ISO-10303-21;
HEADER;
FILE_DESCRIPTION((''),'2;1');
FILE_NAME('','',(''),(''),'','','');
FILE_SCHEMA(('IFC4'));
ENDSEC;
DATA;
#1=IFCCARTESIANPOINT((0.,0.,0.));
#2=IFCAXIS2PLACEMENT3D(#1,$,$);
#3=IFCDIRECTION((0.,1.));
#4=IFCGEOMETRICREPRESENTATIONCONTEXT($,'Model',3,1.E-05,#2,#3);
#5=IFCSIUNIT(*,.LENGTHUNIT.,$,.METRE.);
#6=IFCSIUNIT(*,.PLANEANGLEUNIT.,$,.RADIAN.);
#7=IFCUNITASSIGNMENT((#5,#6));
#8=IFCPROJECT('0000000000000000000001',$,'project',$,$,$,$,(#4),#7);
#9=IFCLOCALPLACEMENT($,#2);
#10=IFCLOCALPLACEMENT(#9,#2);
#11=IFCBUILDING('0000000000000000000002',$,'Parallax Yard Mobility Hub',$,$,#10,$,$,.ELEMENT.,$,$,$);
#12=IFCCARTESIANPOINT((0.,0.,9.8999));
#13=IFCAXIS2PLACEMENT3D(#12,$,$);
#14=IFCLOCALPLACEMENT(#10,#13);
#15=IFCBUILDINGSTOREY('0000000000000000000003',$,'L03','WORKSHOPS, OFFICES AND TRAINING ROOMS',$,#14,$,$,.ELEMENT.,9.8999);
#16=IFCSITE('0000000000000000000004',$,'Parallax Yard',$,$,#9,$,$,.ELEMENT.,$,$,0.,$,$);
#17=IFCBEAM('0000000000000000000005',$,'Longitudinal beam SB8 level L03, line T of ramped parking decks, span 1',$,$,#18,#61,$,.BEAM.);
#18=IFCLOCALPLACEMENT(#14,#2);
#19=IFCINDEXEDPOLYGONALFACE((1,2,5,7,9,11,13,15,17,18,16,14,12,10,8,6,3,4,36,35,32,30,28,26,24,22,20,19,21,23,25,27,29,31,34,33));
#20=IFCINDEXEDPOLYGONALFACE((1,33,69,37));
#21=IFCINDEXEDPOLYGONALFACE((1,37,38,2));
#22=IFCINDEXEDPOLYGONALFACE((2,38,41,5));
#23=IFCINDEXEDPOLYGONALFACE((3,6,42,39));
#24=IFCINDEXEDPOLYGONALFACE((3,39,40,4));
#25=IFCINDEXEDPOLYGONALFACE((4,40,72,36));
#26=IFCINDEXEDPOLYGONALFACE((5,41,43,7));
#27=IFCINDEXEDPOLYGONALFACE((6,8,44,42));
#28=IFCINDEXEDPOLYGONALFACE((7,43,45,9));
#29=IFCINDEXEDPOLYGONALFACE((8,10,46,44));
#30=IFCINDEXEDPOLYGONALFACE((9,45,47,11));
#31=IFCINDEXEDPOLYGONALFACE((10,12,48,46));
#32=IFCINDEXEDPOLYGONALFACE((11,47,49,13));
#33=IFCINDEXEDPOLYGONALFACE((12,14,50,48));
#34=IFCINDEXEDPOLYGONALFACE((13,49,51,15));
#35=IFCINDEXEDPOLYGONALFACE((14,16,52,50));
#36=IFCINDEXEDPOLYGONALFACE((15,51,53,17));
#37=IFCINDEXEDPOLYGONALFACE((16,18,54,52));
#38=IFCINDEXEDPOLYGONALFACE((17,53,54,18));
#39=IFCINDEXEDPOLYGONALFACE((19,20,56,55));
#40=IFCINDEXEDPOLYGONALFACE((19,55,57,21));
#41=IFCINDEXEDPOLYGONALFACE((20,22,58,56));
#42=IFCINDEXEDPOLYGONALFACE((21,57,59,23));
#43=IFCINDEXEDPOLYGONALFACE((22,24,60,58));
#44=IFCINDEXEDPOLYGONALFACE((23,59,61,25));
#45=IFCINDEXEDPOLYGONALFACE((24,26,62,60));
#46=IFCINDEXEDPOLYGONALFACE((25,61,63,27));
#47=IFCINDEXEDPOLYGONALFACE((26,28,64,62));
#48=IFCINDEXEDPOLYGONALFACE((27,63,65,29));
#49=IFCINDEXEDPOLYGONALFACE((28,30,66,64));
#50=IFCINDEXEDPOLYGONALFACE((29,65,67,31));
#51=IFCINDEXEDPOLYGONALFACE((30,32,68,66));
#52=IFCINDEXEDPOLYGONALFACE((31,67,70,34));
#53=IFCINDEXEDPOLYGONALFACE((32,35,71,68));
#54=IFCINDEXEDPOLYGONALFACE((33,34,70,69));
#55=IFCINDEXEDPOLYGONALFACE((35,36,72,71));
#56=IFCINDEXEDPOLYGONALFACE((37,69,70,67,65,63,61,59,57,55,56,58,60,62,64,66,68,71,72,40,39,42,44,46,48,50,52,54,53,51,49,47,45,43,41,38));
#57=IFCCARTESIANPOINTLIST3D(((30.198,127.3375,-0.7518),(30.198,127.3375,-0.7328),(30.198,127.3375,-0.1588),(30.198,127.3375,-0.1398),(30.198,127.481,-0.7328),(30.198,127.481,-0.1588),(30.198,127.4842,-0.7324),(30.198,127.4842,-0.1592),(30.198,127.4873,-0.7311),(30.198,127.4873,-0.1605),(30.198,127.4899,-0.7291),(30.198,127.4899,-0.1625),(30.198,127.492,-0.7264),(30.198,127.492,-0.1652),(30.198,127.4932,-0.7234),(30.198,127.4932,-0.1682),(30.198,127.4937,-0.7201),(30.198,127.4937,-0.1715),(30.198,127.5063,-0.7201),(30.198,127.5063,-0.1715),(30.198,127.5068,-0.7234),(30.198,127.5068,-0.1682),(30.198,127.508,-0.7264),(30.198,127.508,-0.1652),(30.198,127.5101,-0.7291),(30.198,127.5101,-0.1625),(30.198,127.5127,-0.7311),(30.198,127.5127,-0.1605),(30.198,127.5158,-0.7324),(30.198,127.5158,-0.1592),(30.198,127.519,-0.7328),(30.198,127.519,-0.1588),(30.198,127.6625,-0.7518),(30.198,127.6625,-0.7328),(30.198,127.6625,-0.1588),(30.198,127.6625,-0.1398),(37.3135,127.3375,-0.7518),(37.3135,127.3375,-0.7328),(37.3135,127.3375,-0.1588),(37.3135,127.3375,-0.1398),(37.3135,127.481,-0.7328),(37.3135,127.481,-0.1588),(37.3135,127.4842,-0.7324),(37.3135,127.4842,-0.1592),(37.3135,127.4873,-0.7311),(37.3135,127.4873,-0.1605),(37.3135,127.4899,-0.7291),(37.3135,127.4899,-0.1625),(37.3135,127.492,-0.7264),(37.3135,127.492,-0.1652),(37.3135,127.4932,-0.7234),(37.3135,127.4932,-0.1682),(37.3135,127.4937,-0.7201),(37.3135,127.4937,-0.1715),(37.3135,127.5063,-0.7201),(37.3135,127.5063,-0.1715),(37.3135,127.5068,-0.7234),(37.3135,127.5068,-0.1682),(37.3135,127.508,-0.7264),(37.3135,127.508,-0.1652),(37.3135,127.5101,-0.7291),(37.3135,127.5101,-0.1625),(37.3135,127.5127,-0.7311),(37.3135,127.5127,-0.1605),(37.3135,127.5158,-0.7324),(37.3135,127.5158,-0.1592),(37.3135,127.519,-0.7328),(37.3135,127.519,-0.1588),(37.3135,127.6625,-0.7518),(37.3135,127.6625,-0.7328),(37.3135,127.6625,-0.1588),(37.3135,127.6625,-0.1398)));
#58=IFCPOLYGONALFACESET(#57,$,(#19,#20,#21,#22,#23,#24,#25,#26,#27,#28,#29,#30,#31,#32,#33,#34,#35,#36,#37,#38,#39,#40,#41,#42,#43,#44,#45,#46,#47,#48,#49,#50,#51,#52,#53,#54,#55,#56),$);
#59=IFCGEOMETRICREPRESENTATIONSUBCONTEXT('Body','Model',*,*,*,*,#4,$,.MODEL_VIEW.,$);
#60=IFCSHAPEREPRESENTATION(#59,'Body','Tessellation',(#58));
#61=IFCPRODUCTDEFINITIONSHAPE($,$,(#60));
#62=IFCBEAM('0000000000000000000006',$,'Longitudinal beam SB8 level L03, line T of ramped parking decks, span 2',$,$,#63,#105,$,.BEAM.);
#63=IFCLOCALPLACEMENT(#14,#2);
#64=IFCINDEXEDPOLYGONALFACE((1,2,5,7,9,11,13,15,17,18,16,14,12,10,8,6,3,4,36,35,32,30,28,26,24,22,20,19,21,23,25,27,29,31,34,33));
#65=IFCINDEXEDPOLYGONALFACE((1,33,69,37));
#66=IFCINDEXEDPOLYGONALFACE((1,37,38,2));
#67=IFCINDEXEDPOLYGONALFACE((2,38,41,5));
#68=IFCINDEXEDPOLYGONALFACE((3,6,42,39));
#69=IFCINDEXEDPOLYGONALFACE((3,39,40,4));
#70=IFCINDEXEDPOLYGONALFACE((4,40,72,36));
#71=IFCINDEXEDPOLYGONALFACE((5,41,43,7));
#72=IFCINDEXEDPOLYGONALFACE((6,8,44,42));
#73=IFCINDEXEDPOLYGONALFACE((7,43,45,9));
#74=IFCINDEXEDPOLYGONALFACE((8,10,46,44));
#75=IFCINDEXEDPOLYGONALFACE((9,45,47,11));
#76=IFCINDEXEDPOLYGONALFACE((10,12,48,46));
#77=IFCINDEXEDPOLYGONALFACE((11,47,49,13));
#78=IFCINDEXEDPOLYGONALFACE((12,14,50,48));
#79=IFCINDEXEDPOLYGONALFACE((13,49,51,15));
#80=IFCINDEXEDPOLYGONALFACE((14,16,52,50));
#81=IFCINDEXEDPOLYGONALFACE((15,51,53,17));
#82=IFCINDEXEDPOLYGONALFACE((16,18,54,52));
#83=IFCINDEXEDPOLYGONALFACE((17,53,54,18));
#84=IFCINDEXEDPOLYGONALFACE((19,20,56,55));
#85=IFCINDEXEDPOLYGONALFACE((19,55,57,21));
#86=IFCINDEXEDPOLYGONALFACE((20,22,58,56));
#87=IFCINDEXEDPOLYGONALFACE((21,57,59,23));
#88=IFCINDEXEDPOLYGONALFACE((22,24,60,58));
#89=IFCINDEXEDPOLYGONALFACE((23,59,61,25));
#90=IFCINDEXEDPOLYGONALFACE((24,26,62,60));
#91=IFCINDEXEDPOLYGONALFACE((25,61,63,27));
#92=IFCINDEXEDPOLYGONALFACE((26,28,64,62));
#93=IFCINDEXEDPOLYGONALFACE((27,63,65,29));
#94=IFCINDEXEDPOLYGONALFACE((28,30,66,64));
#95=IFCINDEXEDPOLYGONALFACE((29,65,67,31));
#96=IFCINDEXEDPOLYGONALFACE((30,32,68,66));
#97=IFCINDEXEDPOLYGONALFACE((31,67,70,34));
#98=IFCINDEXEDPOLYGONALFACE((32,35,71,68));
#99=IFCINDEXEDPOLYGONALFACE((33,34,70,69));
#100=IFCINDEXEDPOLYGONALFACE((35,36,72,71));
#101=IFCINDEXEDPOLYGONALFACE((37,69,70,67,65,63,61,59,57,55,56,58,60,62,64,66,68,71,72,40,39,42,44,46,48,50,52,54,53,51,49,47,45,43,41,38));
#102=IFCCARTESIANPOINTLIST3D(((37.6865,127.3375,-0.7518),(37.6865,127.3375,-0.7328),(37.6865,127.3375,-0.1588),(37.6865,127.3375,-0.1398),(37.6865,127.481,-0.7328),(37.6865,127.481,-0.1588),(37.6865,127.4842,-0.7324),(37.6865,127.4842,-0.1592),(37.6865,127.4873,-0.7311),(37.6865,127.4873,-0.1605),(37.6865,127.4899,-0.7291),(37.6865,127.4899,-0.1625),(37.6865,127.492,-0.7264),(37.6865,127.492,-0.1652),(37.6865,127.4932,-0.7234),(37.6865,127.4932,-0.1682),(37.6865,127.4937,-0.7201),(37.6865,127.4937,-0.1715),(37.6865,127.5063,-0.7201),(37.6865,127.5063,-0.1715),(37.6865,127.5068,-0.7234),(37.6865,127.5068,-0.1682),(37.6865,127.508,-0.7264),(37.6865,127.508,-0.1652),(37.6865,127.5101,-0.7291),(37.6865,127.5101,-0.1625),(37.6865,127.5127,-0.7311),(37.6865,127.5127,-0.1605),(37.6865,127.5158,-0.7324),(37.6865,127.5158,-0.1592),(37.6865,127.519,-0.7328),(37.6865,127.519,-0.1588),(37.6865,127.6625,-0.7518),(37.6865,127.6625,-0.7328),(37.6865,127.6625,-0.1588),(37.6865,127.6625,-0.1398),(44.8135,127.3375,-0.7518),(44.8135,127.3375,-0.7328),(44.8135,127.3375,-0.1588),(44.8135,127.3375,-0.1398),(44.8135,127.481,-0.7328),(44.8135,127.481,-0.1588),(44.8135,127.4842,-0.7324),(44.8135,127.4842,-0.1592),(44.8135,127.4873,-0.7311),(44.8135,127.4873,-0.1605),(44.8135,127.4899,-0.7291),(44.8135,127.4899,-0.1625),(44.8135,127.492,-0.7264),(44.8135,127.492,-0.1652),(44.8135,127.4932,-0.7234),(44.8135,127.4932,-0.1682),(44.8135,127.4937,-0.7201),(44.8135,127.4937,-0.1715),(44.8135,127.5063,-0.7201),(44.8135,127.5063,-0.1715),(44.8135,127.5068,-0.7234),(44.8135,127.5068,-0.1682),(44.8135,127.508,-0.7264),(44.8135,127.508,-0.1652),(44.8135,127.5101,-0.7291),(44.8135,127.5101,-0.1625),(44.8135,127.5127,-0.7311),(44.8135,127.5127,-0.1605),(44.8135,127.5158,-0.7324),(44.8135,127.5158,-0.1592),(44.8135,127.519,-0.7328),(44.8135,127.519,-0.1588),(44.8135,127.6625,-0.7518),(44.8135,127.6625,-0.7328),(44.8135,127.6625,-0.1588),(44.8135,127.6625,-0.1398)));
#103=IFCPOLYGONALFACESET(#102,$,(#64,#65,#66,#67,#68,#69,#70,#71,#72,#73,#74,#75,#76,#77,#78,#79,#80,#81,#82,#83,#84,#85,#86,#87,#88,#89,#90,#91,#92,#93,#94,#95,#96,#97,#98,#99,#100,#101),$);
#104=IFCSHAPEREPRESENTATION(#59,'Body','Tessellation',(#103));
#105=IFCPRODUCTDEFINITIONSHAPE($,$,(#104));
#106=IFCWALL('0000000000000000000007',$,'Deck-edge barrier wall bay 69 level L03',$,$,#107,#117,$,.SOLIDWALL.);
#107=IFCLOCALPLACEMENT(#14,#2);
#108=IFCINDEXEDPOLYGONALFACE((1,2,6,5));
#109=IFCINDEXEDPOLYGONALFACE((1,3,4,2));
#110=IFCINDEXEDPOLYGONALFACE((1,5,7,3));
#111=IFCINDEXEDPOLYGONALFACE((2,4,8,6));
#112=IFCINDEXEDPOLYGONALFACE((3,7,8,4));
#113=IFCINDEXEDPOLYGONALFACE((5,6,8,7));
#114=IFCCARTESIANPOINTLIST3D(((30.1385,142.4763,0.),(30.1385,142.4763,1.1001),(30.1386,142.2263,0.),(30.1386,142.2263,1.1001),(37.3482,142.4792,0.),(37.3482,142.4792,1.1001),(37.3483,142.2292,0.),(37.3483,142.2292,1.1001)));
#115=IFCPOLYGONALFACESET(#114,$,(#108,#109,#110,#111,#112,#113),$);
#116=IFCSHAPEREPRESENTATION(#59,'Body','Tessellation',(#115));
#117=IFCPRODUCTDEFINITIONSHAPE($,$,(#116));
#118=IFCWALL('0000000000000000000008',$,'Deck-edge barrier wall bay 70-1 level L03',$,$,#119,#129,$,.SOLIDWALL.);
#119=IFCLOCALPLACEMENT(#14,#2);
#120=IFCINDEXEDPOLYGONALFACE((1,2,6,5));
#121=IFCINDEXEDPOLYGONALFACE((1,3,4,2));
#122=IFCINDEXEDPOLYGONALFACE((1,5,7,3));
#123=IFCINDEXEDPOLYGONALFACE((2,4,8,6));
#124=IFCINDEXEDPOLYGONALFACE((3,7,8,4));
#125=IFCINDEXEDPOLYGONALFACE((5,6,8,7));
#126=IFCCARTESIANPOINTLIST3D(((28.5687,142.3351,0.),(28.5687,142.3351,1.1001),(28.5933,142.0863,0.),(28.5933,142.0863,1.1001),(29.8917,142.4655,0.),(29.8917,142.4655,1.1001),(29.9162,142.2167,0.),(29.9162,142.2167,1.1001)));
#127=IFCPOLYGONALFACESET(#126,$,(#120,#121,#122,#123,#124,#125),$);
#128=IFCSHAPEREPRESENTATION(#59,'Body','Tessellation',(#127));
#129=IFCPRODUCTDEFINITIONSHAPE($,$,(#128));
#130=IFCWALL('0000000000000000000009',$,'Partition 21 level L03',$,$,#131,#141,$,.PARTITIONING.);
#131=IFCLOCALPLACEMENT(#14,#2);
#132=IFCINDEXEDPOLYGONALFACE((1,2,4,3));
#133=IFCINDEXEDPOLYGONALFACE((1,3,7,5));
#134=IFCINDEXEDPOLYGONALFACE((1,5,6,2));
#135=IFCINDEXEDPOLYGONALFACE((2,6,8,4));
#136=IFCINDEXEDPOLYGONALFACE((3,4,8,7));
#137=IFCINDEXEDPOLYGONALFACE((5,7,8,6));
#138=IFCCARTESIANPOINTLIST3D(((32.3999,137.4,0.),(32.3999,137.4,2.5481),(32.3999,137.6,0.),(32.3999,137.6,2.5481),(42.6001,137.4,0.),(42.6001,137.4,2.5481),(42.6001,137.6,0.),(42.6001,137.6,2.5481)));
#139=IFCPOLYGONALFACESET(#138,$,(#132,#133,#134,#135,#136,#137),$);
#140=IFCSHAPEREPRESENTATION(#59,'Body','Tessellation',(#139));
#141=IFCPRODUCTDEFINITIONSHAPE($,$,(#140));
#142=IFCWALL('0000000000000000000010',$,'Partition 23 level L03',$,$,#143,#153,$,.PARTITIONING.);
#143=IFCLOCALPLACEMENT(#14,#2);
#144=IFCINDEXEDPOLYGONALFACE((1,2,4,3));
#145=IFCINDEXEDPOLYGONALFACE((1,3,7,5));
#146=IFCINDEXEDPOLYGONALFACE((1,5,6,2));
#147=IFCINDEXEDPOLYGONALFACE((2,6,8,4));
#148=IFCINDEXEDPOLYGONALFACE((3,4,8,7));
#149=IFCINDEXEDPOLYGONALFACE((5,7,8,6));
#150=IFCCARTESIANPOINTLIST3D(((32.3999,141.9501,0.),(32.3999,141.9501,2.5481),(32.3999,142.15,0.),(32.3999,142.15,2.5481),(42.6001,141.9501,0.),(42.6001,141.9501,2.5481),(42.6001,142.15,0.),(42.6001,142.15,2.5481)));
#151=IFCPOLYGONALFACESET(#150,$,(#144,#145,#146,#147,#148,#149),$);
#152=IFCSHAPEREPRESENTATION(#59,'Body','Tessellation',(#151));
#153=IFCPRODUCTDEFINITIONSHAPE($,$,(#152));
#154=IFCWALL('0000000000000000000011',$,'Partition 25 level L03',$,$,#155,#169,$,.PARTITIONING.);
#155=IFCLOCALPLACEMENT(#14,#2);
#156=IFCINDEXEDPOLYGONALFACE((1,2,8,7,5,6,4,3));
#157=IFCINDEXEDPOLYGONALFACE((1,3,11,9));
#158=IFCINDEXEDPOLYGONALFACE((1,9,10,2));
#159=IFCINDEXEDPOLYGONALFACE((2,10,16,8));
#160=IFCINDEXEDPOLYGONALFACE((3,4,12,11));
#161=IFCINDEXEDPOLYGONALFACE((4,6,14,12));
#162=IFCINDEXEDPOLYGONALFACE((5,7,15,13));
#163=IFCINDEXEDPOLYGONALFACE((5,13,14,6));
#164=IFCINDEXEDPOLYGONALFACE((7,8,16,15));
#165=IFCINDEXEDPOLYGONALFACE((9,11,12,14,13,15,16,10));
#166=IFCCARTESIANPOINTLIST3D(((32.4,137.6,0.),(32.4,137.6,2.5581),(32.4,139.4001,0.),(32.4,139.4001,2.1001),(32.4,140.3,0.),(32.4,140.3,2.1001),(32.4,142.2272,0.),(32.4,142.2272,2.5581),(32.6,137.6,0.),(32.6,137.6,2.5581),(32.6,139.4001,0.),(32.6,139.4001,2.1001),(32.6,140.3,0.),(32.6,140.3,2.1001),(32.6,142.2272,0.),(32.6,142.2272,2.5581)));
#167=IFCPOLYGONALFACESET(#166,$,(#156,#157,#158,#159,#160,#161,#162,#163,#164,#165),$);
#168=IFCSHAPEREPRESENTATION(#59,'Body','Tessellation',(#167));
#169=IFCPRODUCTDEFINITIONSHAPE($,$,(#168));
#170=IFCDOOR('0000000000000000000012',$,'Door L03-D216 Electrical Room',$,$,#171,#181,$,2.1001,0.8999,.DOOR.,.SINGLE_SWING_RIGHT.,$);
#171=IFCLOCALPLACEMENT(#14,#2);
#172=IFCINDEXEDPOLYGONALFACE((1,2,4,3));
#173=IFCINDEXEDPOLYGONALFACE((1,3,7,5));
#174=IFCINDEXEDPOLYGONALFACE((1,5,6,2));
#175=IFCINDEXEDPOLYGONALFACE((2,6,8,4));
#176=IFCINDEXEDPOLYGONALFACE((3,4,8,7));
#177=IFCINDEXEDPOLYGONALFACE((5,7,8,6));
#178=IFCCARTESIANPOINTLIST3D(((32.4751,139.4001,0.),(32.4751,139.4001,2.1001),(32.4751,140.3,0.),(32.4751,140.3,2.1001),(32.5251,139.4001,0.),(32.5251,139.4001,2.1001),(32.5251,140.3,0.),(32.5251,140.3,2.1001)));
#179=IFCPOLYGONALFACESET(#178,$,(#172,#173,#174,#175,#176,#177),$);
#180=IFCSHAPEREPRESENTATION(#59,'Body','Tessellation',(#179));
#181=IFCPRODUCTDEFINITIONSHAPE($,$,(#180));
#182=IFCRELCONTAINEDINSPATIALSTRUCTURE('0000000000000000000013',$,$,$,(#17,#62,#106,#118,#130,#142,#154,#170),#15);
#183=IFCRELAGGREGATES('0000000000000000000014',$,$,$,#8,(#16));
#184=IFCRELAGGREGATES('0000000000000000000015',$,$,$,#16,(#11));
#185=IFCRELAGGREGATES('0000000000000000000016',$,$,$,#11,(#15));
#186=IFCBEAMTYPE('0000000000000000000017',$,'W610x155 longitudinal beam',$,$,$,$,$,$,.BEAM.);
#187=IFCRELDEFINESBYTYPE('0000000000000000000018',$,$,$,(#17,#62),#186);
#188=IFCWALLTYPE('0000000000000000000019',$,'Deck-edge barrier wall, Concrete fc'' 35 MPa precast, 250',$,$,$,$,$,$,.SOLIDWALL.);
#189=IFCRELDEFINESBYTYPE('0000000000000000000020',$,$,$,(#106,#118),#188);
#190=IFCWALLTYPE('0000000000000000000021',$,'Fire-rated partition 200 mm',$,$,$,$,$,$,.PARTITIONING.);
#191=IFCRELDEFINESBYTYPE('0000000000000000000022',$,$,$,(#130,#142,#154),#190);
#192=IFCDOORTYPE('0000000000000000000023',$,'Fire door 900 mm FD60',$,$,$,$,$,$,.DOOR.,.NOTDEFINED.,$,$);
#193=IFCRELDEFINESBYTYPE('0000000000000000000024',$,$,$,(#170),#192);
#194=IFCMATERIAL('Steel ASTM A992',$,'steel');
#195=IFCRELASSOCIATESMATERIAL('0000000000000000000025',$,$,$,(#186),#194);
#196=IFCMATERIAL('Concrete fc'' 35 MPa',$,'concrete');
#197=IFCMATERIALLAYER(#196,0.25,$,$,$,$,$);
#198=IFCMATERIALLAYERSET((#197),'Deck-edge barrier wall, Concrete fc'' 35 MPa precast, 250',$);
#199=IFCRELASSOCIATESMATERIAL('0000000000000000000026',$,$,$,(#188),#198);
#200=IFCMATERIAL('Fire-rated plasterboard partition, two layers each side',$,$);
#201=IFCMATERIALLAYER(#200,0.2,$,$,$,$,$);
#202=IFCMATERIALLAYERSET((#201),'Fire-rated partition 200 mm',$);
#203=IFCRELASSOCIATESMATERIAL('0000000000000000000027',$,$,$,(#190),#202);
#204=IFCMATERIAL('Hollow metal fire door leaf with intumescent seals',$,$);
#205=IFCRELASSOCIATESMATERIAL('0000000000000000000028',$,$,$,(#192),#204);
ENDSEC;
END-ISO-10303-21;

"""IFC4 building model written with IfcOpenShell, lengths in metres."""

from ifc_helpers import new_model, si_unit, direction, frame, frame_2d, origin, origin_2d, place, context, subcontext, project, spatial, rectangle, i_section, extrude, material, layer, layer_set, material_profile, profile_set, type_object, element, fill, save


model = new_model("IFC4")

# Units and contexts
model_context = context("Model", 3, precision=1e-05, world=origin(), true_north=direction((0.0, 1.0)))
body_context = subcontext(model_context, "Body", "Model", "MODEL_VIEW")
ifc_project = project(units=[si_unit("LENGTHUNIT", "METRE"), si_unit("PLANEANGLEUNIT", "RADIAN")], contexts=[model_context])

# Site, building, storey
site_placement = place(None, origin())
site = spatial("IfcSite", under=ifc_project, at=site_placement, Name="Parallax Yard", CompositionType="ELEMENT", RefElevation=0.0)
building_placement = place(site_placement, origin())
building = spatial("IfcBuilding", under=site, at=building_placement, Name="Parallax Yard Mobility Hub", CompositionType="ELEMENT")
storey_placement = place(building_placement, frame((0.0, 0.0, 9.8999)))
storey = spatial("IfcBuildingStorey", under=building, at=storey_placement, Name="L03", Description="WORKSHOPS, OFFICES AND TRAINING ROOMS", CompositionType="ELEMENT", Elevation=9.8999)

# Shared definitions
ifc_material_1 = material(Name="Steel ASTM A992", Category="steel")

# Beams
ifc_material_profile_1 = material_profile(ifc_material_1, i_section(OverallWidth=0.325, OverallDepth=0.6121, WebThickness=0.0127, FlangeThickness=0.019, FilletRadius=0.0127, at=origin_2d()), Name="W610x155")
ifc_profile_set_1 = profile_set([ifc_material_profile_1], Name="Steel ASTM A992")
beam_type_1 = type_object("IfcBeamType", Name="W610x155 longitudinal beam", PredefinedType="BEAM", material=ifc_profile_set_1)
beam_1_placement = place(storey_placement, frame((30.198, 127.5, -0.4458), z_axis=(1.0, 0.0, 0.0), x_axis=(0.0, 1.0, 0.0)))
element("IfcBeam", 1, at=beam_1_placement, inside=storey, type_object=beam_type_1, Name="Longitudinal beam SB8 level L03, line T of ramped parking decks, span 1", PredefinedType="BEAM", context=body_context, shape_type="SweptSolid", body=[
    extrude(i_section(OverallWidth=0.325, OverallDepth=0.6121, WebThickness=0.0127, FlangeThickness=0.019, FilletRadius=0.0127, at=origin_2d()), origin(), (0.0, 0.0, 1.0), 7.1155),
])
beam_2_placement = place(storey_placement, frame((37.6865, 127.5, -0.4458), z_axis=(1.0, 0.0, 0.0), x_axis=(0.0, 1.0, 0.0)))
element("IfcBeam", 2, at=beam_2_placement, inside=storey, type_object=beam_type_1, Name="Longitudinal beam SB8 level L03, line T of ramped parking decks, span 2", PredefinedType="BEAM", context=body_context, shape_type="SweptSolid", body=[
    extrude(i_section(OverallWidth=0.325, OverallDepth=0.6121, WebThickness=0.0127, FlangeThickness=0.019, FilletRadius=0.0127, at=origin_2d()), origin(), (0.0, 0.0, 1.0), 7.127),
])

# Walls
ifc_material_2 = material(Name="Concrete fc' 35 MPa", Category="concrete")
ifc_layer_1 = layer(ifc_material_2, 0.25)
ifc_layer_set_1 = layer_set([ifc_layer_1], Name="Deck-edge barrier wall, Concrete fc' 35 MPa precast, 250")
wall_type_1 = type_object("IfcWallType", Name="Deck-edge barrier wall, Concrete fc' 35 MPa precast, 250", PredefinedType="SOLIDWALL", material=ifc_layer_set_1)
wall_1_placement = place(storey_placement, frame((37.3484, 142.3542, 0.0), z_axis=(0.0, 0.0, 1.0), x_axis=(-1.0, -0.000406, 0.0)))
element("IfcWall", 3, at=wall_1_placement, inside=storey, type_object=wall_type_1, Name="Deck-edge barrier wall bay 69 level L03", PredefinedType="SOLIDWALL", context=body_context, shape_type="SweptSolid", body=[
    extrude(rectangle(XDim=7.2097, YDim=0.25, at=frame_2d((3.605, 0.0))), origin(), (0.0, 0.0, 1.0), 1.1001),
])
wall_2_placement = place(storey_placement, frame((29.9038, 142.3411, 0.0), z_axis=(0.0, 0.0, 1.0), x_axis=(-0.99518, -0.098067, 0.0)))
element("IfcWall", 4, at=wall_2_placement, inside=storey, type_object=wall_type_1, Name="Deck-edge barrier wall bay 70-1 level L03", PredefinedType="SOLIDWALL", context=body_context, shape_type="SweptSolid", body=[
    extrude(rectangle(XDim=1.3293, YDim=0.25, at=frame_2d((0.6646, 0.0))), origin(), (0.0, 0.0, 1.0), 1.1001),
])
ifc_material_3 = material(Name="Fire-rated plasterboard partition, two layers each side")
ifc_layer_2 = layer(ifc_material_3, 0.2)
ifc_layer_set_2 = layer_set([ifc_layer_2], Name="Fire-rated partition 200 mm")
wall_type_2 = type_object("IfcWallType", Name="Fire-rated partition 200 mm", PredefinedType="PARTITIONING", material=ifc_layer_set_2)
for number, where, z_axis, x_axis, name in (
    (5, (32.3999, 137.5, 0.0), (0.0, 0.0, 1.0), (1.0, 0.0, 0.0), "Partition 21 level L03"),
    (6, (32.3999, 142.05, 0.0), (0.0, 0.0, 1.0), (1.0, 0.0, 0.0), "Partition 23 level L03"),
):
    element("IfcWall", number, at=place(storey_placement, frame(where, z_axis=z_axis, x_axis=x_axis)), inside=storey, type_object=wall_type_2, Name=name, PredefinedType="PARTITIONING", context=body_context, shape_type="SweptSolid", body=[
        extrude(rectangle(XDim=10.2002, YDim=0.2, at=frame_2d((5.1001, 0.0))), origin(), (0.0, 0.0, 1.0), 2.5481),
    ])

# Wall, opening, door
wall_3_placement = place(storey_placement, frame((32.5, 137.6001, 0.0), z_axis=(0.0, 0.0, 1.0), x_axis=(0.0, 1.0, 0.0)))
wall_3 = element("IfcWall", 7, at=wall_3_placement, inside=storey, type_object=wall_type_2, Name="Partition 25 level L03", PredefinedType="PARTITIONING", context=body_context, shape_type="SweptSolid", body=[
    extrude(rectangle(XDim=4.6272, YDim=0.2, at=frame_2d((2.3135, 0.0))), origin(), (0.0, 0.0, 1.0), 2.5581),
])
opening_placement = place(wall_3_placement, frame((1.8, 0.0, 0.0)))
opening = element("IfcOpeningElement", 8, at=opening_placement, cuts=wall_3, PredefinedType="OPENING", context=body_context, shape_type="SweptSolid", body=[
    extrude(rectangle(XDim=0.8999, YDim=2.1001, at=frame_2d((0.45, 1.05))), frame((0.0, 0.1099, 0.0), z_axis=(0.0, -1.0, 0.0), x_axis=(1.0, 0.0, 0.0)), (0.0, 0.0, 1.0), 0.22),
])
ifc_material_4 = material(Name="Hollow metal fire door leaf with intumescent seals")
door_type = type_object("IfcDoorType", Name="Fire door 900 mm FD60", OperationType="NOTDEFINED", PredefinedType="DOOR", material=ifc_material_4)
door_placement = place(opening_placement, origin())
door = element("IfcDoor", 9, at=door_placement, inside=storey, type_object=door_type, Name="Door L03-D216 Electrical Room", OperationType="SINGLE_SWING_RIGHT", OverallHeight=2.1001, OverallWidth=0.8999, PredefinedType="DOOR", context=body_context, shape_type="SweptSolid", body=[
    extrude(rectangle(XDim=0.8999, YDim=2.1001, at=frame_2d((0.45, 1.05))), frame((0.0, 0.0249, 0.0), z_axis=(0.0, -1.0, 0.0), x_axis=(1.0, 0.0, 0.0)), (0.0, 0.0, 1.0), 0.05),
])
fill(opening, door)

save(model, "model.ifc")
